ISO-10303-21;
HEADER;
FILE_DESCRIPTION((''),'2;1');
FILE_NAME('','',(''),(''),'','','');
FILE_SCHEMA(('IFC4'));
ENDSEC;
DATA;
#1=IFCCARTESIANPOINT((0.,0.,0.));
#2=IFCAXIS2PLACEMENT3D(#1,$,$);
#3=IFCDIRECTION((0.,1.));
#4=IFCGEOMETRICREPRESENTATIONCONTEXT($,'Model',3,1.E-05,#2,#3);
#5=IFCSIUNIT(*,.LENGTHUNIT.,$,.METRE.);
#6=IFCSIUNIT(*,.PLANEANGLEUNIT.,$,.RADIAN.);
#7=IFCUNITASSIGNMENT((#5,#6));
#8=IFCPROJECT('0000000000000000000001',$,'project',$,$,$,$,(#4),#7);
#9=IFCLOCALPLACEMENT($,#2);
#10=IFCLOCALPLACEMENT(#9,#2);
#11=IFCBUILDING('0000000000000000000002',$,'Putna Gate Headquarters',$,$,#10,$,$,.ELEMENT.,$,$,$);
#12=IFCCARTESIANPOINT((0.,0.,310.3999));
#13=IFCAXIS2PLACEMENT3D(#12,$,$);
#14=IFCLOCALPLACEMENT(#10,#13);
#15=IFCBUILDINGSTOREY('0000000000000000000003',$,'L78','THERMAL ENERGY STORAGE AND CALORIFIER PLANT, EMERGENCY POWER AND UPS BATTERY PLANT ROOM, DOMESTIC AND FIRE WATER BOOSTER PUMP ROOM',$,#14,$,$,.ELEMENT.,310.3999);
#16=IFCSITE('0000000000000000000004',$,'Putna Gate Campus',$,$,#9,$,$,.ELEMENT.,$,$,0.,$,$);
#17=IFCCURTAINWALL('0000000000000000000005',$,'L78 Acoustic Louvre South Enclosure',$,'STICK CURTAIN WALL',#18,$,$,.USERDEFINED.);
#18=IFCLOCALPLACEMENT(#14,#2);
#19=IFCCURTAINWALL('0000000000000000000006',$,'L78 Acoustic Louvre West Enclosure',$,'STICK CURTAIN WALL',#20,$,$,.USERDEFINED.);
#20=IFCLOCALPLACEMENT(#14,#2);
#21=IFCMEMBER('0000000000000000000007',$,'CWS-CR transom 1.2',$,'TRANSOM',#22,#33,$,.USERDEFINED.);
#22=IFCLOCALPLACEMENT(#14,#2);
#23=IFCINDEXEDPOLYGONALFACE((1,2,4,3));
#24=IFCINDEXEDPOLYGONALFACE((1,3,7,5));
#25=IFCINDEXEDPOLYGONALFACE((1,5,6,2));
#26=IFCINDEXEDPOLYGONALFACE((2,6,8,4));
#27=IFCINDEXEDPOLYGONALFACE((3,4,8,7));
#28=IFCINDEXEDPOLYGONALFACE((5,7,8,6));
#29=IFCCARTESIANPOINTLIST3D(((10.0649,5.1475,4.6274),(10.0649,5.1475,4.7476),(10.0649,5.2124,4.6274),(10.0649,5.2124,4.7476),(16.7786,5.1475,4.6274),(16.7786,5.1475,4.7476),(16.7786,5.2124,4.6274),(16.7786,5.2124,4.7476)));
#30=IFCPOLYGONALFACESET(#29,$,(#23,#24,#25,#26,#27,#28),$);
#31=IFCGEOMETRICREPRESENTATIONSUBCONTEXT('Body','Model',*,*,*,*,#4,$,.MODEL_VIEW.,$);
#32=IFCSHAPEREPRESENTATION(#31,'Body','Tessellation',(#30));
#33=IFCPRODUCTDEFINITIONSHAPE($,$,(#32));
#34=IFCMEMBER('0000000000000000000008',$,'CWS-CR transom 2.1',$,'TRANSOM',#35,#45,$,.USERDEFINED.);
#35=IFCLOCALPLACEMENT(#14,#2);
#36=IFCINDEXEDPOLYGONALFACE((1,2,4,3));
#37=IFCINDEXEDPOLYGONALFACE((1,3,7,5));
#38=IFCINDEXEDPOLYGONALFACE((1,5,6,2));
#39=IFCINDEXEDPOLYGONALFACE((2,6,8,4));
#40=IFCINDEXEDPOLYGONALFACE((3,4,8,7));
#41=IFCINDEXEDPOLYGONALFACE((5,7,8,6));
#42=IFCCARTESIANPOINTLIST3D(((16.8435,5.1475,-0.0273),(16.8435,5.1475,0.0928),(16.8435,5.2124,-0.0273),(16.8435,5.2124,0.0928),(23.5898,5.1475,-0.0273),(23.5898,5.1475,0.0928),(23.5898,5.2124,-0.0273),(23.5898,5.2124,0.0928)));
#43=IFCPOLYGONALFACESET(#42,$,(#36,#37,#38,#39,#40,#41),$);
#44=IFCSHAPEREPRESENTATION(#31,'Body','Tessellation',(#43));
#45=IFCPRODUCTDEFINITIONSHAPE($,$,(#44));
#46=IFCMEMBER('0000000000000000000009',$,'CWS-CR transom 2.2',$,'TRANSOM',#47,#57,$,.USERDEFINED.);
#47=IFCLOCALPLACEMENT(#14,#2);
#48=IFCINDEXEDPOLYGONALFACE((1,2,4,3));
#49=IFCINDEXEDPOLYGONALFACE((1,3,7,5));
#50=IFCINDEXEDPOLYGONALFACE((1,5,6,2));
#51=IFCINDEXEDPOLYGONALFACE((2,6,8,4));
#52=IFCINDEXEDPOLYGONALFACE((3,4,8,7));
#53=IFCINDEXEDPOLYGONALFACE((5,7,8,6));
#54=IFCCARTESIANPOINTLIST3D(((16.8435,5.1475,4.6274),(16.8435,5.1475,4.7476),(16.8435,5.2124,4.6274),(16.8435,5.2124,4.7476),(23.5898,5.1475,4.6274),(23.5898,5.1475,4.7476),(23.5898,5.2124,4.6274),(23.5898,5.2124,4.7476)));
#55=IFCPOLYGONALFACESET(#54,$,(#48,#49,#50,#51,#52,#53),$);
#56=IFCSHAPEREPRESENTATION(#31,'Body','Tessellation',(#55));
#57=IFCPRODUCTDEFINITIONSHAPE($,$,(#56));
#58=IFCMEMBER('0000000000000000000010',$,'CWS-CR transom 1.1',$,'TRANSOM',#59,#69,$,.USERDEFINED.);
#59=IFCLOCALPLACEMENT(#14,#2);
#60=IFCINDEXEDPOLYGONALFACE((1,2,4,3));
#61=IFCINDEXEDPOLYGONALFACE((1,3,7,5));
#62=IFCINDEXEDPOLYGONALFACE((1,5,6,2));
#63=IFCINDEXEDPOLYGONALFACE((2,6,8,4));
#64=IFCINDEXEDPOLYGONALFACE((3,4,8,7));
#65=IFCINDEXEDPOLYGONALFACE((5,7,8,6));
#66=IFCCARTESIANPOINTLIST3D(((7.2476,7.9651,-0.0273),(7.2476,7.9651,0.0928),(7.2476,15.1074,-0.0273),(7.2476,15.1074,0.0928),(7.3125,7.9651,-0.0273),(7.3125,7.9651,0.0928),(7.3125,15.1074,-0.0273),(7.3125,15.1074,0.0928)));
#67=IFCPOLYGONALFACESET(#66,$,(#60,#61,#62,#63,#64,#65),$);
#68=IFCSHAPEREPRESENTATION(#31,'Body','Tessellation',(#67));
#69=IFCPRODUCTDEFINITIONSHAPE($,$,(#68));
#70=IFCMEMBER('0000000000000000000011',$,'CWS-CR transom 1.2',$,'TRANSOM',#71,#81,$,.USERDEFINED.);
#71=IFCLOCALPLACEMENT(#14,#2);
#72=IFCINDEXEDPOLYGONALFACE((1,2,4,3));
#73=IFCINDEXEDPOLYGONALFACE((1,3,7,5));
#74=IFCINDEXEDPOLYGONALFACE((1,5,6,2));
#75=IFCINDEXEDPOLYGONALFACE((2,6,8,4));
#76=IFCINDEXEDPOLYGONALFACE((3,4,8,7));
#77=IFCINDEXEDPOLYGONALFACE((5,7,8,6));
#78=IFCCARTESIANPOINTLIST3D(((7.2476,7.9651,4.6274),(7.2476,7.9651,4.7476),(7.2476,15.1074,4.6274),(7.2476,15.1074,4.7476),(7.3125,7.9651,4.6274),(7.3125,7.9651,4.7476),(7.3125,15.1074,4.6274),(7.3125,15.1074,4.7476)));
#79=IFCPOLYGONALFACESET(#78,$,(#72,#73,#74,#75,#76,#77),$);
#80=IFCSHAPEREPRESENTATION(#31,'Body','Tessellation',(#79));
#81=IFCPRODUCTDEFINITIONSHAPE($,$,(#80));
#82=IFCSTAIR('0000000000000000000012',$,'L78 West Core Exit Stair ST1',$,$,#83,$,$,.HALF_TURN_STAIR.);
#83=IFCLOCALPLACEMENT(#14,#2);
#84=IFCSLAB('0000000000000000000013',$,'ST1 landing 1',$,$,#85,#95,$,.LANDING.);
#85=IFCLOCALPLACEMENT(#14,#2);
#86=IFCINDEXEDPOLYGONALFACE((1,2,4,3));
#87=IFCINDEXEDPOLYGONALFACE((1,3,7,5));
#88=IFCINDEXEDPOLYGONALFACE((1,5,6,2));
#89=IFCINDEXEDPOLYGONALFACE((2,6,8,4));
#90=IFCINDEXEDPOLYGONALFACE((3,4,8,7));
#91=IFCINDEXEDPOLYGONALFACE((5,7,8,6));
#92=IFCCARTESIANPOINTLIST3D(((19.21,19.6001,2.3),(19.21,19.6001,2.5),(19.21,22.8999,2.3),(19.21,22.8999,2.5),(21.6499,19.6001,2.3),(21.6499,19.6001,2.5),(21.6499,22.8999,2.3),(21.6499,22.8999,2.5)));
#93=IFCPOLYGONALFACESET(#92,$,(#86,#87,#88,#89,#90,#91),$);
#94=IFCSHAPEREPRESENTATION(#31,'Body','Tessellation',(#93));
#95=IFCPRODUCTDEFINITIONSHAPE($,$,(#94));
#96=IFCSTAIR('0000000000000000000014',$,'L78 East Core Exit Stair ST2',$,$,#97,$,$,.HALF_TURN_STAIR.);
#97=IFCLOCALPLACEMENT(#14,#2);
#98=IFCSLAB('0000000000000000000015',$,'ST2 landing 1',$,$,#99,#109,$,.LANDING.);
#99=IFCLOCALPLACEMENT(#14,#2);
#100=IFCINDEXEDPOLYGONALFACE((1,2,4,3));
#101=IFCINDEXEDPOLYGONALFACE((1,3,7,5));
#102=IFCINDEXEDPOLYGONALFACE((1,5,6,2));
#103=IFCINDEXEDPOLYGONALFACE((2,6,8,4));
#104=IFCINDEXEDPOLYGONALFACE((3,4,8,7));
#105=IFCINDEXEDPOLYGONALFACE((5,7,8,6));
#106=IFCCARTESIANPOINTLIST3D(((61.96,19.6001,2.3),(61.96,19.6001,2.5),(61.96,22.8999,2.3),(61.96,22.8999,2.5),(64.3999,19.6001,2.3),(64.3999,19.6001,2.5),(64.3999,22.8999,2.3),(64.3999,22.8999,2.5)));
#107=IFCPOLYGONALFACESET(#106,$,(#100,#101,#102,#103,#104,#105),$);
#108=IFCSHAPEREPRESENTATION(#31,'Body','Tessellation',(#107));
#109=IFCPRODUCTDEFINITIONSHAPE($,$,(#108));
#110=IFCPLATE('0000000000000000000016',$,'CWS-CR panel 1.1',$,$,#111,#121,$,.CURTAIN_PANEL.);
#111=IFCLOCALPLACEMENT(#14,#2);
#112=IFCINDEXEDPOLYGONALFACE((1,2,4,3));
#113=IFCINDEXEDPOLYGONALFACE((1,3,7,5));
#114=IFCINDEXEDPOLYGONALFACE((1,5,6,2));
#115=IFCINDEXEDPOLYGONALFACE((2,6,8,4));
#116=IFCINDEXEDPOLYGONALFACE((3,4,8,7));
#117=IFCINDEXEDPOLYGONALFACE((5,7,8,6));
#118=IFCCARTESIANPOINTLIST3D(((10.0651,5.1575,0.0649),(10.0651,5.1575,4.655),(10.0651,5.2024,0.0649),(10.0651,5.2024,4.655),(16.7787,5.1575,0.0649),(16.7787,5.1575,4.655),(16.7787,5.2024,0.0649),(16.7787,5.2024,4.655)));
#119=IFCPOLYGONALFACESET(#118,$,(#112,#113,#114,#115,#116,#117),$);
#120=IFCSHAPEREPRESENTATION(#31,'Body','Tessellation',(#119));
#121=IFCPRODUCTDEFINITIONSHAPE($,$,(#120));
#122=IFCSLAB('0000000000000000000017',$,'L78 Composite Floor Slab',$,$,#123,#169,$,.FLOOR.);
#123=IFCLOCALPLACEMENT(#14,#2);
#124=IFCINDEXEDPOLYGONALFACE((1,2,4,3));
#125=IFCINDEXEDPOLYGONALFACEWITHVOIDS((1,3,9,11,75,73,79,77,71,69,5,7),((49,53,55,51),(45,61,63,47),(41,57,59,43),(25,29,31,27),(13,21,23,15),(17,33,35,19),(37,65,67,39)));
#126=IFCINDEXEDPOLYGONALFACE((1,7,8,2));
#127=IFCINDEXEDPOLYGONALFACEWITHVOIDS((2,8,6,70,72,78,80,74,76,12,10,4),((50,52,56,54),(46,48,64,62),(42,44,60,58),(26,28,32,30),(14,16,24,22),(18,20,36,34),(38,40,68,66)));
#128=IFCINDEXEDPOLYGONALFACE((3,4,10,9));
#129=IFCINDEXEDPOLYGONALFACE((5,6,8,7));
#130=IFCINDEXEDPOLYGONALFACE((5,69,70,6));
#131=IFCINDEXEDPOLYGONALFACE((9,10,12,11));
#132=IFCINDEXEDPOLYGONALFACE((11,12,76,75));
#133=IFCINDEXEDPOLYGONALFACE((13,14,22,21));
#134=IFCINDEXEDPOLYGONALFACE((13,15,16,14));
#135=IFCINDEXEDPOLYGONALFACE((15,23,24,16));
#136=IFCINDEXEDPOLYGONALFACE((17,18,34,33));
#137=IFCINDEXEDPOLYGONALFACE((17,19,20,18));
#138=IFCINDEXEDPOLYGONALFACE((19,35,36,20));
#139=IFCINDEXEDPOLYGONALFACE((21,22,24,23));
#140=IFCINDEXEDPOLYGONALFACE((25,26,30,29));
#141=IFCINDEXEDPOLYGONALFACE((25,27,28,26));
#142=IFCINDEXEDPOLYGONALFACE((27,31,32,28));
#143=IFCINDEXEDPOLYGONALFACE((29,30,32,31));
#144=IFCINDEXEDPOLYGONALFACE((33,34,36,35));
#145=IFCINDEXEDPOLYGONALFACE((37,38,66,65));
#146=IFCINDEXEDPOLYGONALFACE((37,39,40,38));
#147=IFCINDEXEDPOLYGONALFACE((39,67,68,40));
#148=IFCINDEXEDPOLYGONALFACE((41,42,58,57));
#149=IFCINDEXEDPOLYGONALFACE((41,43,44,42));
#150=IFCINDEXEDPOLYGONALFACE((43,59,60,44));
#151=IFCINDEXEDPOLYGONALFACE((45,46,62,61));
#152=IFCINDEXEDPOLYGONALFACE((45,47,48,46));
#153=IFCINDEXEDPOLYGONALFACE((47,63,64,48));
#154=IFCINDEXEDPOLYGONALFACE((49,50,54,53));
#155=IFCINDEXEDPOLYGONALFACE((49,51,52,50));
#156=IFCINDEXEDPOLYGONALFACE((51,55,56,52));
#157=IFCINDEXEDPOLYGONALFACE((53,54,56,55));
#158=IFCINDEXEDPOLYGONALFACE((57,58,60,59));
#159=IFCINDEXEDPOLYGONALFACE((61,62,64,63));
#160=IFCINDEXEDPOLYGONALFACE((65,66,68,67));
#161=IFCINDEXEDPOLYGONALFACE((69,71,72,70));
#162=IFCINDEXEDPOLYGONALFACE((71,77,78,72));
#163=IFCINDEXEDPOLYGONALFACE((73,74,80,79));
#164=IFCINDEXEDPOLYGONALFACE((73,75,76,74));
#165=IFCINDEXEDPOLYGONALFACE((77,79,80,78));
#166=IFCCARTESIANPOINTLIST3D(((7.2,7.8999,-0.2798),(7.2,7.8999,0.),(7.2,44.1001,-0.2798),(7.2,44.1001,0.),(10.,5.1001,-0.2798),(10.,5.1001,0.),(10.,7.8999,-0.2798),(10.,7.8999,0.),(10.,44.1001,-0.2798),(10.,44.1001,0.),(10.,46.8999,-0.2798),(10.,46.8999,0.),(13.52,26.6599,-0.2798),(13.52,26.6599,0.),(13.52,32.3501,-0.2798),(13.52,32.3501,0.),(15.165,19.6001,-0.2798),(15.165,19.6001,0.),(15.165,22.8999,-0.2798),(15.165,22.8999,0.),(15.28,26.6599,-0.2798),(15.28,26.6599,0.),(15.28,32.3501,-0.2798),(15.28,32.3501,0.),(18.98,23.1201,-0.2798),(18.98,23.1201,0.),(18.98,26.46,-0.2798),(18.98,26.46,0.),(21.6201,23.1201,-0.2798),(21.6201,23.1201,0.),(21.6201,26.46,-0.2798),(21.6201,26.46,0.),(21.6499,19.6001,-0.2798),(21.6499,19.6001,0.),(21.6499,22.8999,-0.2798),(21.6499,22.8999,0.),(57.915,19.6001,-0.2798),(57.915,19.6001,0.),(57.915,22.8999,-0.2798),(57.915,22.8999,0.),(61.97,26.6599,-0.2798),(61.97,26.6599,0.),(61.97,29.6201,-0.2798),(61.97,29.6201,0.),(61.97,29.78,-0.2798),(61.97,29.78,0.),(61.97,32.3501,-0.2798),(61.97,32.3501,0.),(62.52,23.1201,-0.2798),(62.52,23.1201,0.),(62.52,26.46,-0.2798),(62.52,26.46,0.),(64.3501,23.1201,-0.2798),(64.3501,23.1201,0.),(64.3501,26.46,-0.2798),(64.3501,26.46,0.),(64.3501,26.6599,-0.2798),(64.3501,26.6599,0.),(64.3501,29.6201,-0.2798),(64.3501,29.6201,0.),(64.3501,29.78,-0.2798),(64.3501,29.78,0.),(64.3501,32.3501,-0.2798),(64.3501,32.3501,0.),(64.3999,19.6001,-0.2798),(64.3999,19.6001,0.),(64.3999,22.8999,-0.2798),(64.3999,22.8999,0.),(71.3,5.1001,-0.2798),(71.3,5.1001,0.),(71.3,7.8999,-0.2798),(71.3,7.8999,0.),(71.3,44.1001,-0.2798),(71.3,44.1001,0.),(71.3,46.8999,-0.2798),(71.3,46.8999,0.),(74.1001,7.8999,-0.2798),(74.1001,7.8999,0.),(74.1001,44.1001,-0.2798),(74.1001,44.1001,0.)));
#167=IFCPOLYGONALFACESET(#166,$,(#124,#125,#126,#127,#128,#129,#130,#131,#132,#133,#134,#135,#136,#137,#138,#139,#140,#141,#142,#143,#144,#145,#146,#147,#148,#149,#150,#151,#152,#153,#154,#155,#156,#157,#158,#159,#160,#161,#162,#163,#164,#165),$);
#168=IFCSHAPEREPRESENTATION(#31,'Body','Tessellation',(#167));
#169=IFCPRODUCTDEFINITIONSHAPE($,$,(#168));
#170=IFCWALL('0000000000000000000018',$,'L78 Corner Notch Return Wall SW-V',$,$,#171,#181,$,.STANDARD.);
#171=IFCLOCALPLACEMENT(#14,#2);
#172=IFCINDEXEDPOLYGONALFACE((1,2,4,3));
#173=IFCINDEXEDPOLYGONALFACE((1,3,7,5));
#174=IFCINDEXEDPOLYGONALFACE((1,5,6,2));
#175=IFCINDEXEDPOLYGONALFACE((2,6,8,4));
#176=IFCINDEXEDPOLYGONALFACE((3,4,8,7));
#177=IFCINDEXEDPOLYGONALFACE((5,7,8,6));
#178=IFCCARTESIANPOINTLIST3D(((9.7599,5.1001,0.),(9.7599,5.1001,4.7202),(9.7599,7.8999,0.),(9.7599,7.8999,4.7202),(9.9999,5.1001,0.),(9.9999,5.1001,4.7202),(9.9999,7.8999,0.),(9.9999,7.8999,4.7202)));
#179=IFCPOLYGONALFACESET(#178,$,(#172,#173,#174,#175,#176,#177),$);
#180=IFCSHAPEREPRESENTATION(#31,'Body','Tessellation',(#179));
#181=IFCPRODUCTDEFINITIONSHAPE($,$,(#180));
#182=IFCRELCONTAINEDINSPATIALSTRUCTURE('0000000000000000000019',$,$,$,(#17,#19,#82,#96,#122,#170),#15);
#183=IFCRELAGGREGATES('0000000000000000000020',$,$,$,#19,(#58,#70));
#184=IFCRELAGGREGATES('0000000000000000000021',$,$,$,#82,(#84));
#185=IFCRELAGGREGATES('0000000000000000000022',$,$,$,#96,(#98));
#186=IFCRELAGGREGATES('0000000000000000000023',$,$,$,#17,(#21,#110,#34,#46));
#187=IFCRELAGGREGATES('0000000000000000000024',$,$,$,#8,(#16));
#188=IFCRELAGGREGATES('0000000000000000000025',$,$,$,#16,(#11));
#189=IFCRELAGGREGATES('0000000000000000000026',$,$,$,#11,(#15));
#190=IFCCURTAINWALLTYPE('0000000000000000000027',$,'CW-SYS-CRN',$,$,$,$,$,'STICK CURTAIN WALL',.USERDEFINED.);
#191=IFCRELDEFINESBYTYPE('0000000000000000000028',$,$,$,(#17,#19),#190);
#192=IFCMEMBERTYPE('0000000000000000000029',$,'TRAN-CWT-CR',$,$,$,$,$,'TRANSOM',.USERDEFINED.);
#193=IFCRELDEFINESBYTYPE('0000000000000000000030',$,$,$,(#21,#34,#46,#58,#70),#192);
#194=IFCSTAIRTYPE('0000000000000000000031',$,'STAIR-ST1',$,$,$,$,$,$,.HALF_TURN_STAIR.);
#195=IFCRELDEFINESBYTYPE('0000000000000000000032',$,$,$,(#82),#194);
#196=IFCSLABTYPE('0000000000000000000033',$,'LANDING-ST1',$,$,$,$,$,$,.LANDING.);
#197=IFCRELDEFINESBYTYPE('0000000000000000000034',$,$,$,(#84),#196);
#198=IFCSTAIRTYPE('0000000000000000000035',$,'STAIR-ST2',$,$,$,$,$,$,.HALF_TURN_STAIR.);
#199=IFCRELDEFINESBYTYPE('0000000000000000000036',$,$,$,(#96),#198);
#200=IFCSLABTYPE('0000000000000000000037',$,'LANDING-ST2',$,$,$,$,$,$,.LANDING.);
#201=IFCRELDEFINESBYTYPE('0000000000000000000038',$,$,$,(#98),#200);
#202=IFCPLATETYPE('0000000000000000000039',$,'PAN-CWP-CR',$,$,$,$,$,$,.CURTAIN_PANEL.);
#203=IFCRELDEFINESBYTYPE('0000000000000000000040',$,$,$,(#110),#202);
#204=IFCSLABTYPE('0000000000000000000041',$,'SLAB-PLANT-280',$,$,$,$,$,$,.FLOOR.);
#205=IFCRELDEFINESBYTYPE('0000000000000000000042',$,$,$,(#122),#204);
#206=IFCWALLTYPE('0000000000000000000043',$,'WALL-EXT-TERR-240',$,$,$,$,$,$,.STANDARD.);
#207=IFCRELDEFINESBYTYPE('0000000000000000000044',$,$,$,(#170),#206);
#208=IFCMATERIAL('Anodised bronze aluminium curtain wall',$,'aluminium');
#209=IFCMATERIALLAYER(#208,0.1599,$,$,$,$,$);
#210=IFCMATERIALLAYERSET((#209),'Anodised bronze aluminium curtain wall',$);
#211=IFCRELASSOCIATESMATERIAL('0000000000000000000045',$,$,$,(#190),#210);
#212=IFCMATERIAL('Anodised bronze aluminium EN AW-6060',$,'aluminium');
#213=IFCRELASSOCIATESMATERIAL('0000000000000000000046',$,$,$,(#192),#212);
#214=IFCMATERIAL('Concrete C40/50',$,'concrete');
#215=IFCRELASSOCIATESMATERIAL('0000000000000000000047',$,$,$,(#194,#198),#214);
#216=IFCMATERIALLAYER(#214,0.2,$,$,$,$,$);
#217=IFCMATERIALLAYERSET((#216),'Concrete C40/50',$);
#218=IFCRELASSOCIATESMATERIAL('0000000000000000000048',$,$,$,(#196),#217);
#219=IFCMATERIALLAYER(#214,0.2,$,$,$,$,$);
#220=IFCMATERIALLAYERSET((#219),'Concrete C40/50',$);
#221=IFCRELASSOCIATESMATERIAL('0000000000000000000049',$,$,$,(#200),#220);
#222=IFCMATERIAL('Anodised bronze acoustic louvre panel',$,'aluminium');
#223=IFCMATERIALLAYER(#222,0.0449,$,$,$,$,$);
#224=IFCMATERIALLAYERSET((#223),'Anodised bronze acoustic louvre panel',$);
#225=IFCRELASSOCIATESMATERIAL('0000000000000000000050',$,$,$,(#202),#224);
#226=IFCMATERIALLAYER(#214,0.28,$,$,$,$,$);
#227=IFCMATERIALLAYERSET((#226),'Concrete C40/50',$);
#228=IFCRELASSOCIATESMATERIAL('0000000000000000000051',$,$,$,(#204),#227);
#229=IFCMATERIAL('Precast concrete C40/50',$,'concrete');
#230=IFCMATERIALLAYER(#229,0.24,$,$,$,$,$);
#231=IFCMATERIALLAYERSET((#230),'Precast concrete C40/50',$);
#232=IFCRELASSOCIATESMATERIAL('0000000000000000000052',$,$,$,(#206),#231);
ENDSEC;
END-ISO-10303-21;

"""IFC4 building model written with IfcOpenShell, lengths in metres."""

from ifc_helpers import new_model, si_unit, direction, frame, frame_2d, origin, origin_2d, place, context, subcontext, project, spatial, polyline, rectangle, outline, extrude, material, layer, layer_set, material_profile, profile_set, type_object, element, aggregate, save


model = new_model("IFC4")

# Units and contexts
model_context = context("Model", 3, precision=1e-05, world=origin(), true_north=direction((0.0, 1.0)))
body_context = subcontext(model_context, "Body", "Model", "MODEL_VIEW")
ifc_project = project(units=[si_unit("LENGTHUNIT", "METRE"), si_unit("PLANEANGLEUNIT", "RADIAN")], contexts=[model_context])

# Site, building, storey
site_placement = place(None, origin())
site = spatial("IfcSite", under=ifc_project, at=site_placement, Name="Putna Gate Campus", CompositionType="ELEMENT", RefElevation=0.0)
building_placement = place(site_placement, origin())
building = spatial("IfcBuilding", under=site, at=building_placement, Name="Putna Gate Headquarters", CompositionType="ELEMENT")
storey_placement = place(building_placement, frame((0.0, 0.0, 310.3999)))
storey = spatial("IfcBuildingStorey", under=building, at=storey_placement, Name="L78", Description="THERMAL ENERGY STORAGE AND CALORIFIER PLANT, EMERGENCY POWER AND UPS BATTERY PLANT ROOM, DOMESTIC AND FIRE WATER BOOSTER PUMP ROOM", CompositionType="ELEMENT", Elevation=310.3999)

# Curtain wall
ifc_material_1 = material(Name="Anodised bronze aluminium curtain wall", Category="aluminium")
ifc_layer_1 = layer(ifc_material_1, 0.1599)
ifc_layer_set_1 = layer_set([ifc_layer_1], Name="Anodised bronze aluminium curtain wall")
curtain_wall_type = type_object("IfcCurtainWallType", Name="CW-SYS-CRN", ElementType="STICK CURTAIN WALL", PredefinedType="USERDEFINED", material=ifc_layer_set_1)
curtain_wall_1_placement = place(storey_placement, origin())
curtain_wall_1 = element("IfcCurtainWall", 1, at=curtain_wall_1_placement, inside=storey, type_object=curtain_wall_type, Name="L78 Acoustic Louvre South Enclosure", ObjectType="STICK CURTAIN WALL", PredefinedType="USERDEFINED")
ifc_material_2 = material(Name="Anodised bronze aluminium EN AW-6060", Category="aluminium")

# Curtain wall
curtain_wall_2_placement = place(storey_placement, origin())
curtain_wall_2 = element("IfcCurtainWall", 2, at=curtain_wall_2_placement, inside=storey, type_object=curtain_wall_type, Name="L78 Acoustic Louvre West Enclosure", ObjectType="STICK CURTAIN WALL", PredefinedType="USERDEFINED")

# Members
ifc_material_profile_1 = material_profile(ifc_material_2, rectangle(XDim=0.0649, YDim=0.1201, at=origin_2d()), Name="Anodised bronze aluminium EN AW-6060")
ifc_profile_set_1 = profile_set([ifc_material_profile_1], Name="Anodised bronze aluminium EN AW-6060")
member_type_1 = type_object("IfcMemberType", Name="TRAN-CWT-CR", ElementType="TRANSOM", PredefinedType="USERDEFINED", material=ifc_profile_set_1)
member_1_placement = place(storey_placement, frame((10.0649, 5.1799, 4.6875), z_axis=(1.0, 0.0, 0.0), x_axis=(0.0, 1.0, 0.0)))
member_1 = element("IfcMember", 3, at=member_1_placement, type_object=member_type_1, Name="CWS-CR transom 1.2", ObjectType="TRANSOM", PredefinedType="USERDEFINED", context=body_context, shape_type="SweptSolid", body=[
    extrude(rectangle(XDim=0.0649, YDim=0.1201, at=origin_2d()), origin(), (0.0, 0.0, 1.0), 6.7136),
])
member_2_placement = place(storey_placement, frame((16.8435, 5.1799, 0.0327), z_axis=(1.0, 0.0, 0.0), x_axis=(0.0, 1.0, 0.0)))
member_2 = element("IfcMember", 4, at=member_2_placement, type_object=member_type_1, Name="CWS-CR transom 2.1", ObjectType="TRANSOM", PredefinedType="USERDEFINED", context=body_context, shape_type="SweptSolid", body=[
    extrude(rectangle(XDim=0.0649, YDim=0.1201, at=origin_2d()), origin(), (0.0, 0.0, 1.0), 6.7463),
])
member_3_placement = place(storey_placement, frame((16.8435, 5.1799, 4.6875), z_axis=(1.0, 0.0, 0.0), x_axis=(0.0, 1.0, 0.0)))
member_3 = element("IfcMember", 5, at=member_3_placement, type_object=member_type_1, Name="CWS-CR transom 2.2", ObjectType="TRANSOM", PredefinedType="USERDEFINED", context=body_context, shape_type="SweptSolid", body=[
    extrude(rectangle(XDim=0.0649, YDim=0.1201, at=origin_2d()), origin(), (0.0, 0.0, 1.0), 6.7463),
])
member_4_placement = place(storey_placement, frame((7.28, 7.9651, 0.0327), z_axis=(0.0, 1.0, 0.0), x_axis=(-1.0, 0.0, 0.0)))
member_4 = element("IfcMember", 6, at=member_4_placement, type_object=member_type_1, Name="CWS-CR transom 1.1", ObjectType="TRANSOM", PredefinedType="USERDEFINED", context=body_context, shape_type="SweptSolid", body=[
    extrude(rectangle(XDim=0.0649, YDim=0.1201, at=origin_2d()), origin(), (0.0, 0.0, 1.0), 7.1423),
])
member_5_placement = place(storey_placement, frame((7.28, 7.9651, 4.6875), z_axis=(0.0, 1.0, 0.0), x_axis=(-1.0, 0.0, 0.0)))
member_5 = element("IfcMember", 7, at=member_5_placement, type_object=member_type_1, Name="CWS-CR transom 1.2", ObjectType="TRANSOM", PredefinedType="USERDEFINED", context=body_context, shape_type="SweptSolid", body=[
    extrude(rectangle(XDim=0.0649, YDim=0.1201, at=origin_2d()), origin(), (0.0, 0.0, 1.0), 7.1423),
])
aggregate(curtain_wall_2, [member_4, member_5])

# Stairs, slabs
ifc_material_3 = material(Name="Concrete C40/50", Category="concrete")
stair_type_1 = type_object("IfcStairType", Name="STAIR-ST1", PredefinedType="HALF_TURN_STAIR", material=ifc_material_3)
stair_1_placement = place(storey_placement, origin())
stair_1 = element("IfcStair", 8, at=stair_1_placement, inside=storey, type_object=stair_type_1, Name="L78 West Core Exit Stair ST1", PredefinedType="HALF_TURN_STAIR")
ifc_layer_2 = layer(ifc_material_3, 0.2)
ifc_layer_set_2 = layer_set([ifc_layer_2], Name="Concrete C40/50")
slab_type_1 = type_object("IfcSlabType", Name="LANDING-ST1", PredefinedType="LANDING", material=ifc_layer_set_2)
slab_1_placement = place(storey_placement, frame((0.0, 0.0, 2.3)))
slab_1 = element("IfcSlab", 9, at=slab_1_placement, type_object=slab_type_1, Name="ST1 landing 1", PredefinedType="LANDING", context=body_context, shape_type="SweptSolid", body=[
    extrude(outline(polyline([(19.21, 19.6001), (21.6499, 19.6001), (21.6499, 22.8999), (19.21, 22.8999), (19.21, 19.6001)])), origin(), (0.0, 0.0, 1.0), 0.2),
])
aggregate(stair_1, [slab_1])
stair_type_2 = type_object("IfcStairType", Name="STAIR-ST2", PredefinedType="HALF_TURN_STAIR", material=ifc_material_3)
stair_2_placement = place(storey_placement, origin())
stair_2 = element("IfcStair", 10, at=stair_2_placement, inside=storey, type_object=stair_type_2, Name="L78 East Core Exit Stair ST2", PredefinedType="HALF_TURN_STAIR")
ifc_layer_3 = layer(ifc_material_3, 0.2)
ifc_layer_set_3 = layer_set([ifc_layer_3], Name="Concrete C40/50")
slab_type_2 = type_object("IfcSlabType", Name="LANDING-ST2", PredefinedType="LANDING", material=ifc_layer_set_3)
slab_2_placement = place(storey_placement, frame((0.0, 0.0, 2.3)))
slab_2 = element("IfcSlab", 11, at=slab_2_placement, type_object=slab_type_2, Name="ST2 landing 1", PredefinedType="LANDING", context=body_context, shape_type="SweptSolid", body=[
    extrude(outline(polyline([(61.96, 19.6001), (64.3999, 19.6001), (64.3999, 22.8999), (61.96, 22.8999), (61.96, 19.6001)])), origin(), (0.0, 0.0, 1.0), 0.2),
])
aggregate(stair_2, [slab_2])

# Plate
ifc_material_4 = material(Name="Anodised bronze acoustic louvre panel", Category="aluminium")
ifc_layer_4 = layer(ifc_material_4, 0.0449)
ifc_layer_set_4 = layer_set([ifc_layer_4], Name="Anodised bronze acoustic louvre panel")
plate_type = type_object("IfcPlateType", Name="PAN-CWP-CR", PredefinedType="CURTAIN_PANEL", material=ifc_layer_set_4)
plate_placement = place(storey_placement, frame((13.4219, 5.1799, 0.0649), z_axis=(0.0, 0.0, 1.0), x_axis=(1.0, 0.0, 0.0)))
plate = element("IfcPlate", 12, at=plate_placement, type_object=plate_type, Name="CWS-CR panel 1.1", PredefinedType="CURTAIN_PANEL", context=body_context, shape_type="SweptSolid", body=[
    extrude(rectangle(XDim=6.7136, YDim=0.0449, at=origin_2d()), origin(), (0.0, 0.0, 1.0), 4.5901),
])
aggregate(curtain_wall_1, [member_1, plate, member_2, member_3])

# Slab
ifc_layer_5 = layer(ifc_material_3, 0.28)
ifc_layer_set_5 = layer_set([ifc_layer_5], Name="Concrete C40/50")
slab_type_3 = type_object("IfcSlabType", Name="SLAB-PLANT-280", PredefinedType="FLOOR", material=ifc_layer_set_5)
slab_3_placement = place(storey_placement, frame((0.0, 0.0, -0.2798)))
element("IfcSlab", 13, at=slab_3_placement, inside=storey, type_object=slab_type_3, Name="L78 Composite Floor Slab", PredefinedType="FLOOR", context=body_context, shape_type="SweptSolid", body=[
    extrude(outline(polyline([(10.0, 5.1001), (71.3, 5.1001), (71.3, 7.8999), (74.1001, 7.8999), (74.1001, 44.1001), (71.3, 44.1001), (71.3, 46.8999), (10.0, 46.8999), (10.0, 44.1001), (7.2, 44.1001), (7.2, 7.8999), (10.0, 7.8999), (10.0, 5.1001)]), holes=[polyline([(15.165, 19.6001), (21.6499, 19.6001), (21.6499, 22.8999), (15.165, 22.8999), (15.165, 19.6001)]), polyline([(57.915, 19.6001), (64.3999, 19.6001), (64.3999, 22.8999), (57.915, 22.8999), (57.915, 19.6001)]), polyline([(13.52, 26.6599), (15.28, 26.6599), (15.28, 32.3501), (13.52, 32.3501), (13.52, 26.6599)]), polyline([(61.97, 29.78), (64.3501, 29.78), (64.3501, 32.3501), (61.97, 32.3501), (61.97, 29.78)]), polyline([(18.98, 23.1201), (21.6201, 23.1201), (21.6201, 26.46), (18.98, 26.46), (18.98, 23.1201)]), polyline([(62.52, 23.1201), (64.3501, 23.1201), (64.3501, 26.46), (62.52, 26.46), (62.52, 23.1201)]), polyline([(61.97, 26.6599), (64.3501, 26.6599), (64.3501, 29.6201), (61.97, 29.6201), (61.97, 26.6599)])]), origin(), (0.0, 0.0, 1.0), 0.2798),
])

# Wall
ifc_material_5 = material(Name="Precast concrete C40/50", Category="concrete")
ifc_layer_6 = layer(ifc_material_5, 0.24)
ifc_layer_set_6 = layer_set([ifc_layer_6], Name="Precast concrete C40/50")
wall_type = type_object("IfcWallType", Name="WALL-EXT-TERR-240", PredefinedType="STANDARD", material=ifc_layer_set_6)
wall_1_placement = place(storey_placement, frame((9.8799, 5.1001, 0.0), z_axis=(0.0, 0.0, 1.0), x_axis=(0.0, 1.0, 0.0)))
element("IfcWall", 14, at=wall_1_placement, inside=storey, type_object=wall_type, Name="L78 Corner Notch Return Wall SW-V", PredefinedType="STANDARD", context=body_context, shape_type="SweptSolid", body=[
    extrude(rectangle(XDim=2.7998, YDim=0.24, at=frame_2d((1.3999, 0.0))), origin(), (0.0, 0.0, 1.0), 4.7202),
])

save(model, "model.ifc")
